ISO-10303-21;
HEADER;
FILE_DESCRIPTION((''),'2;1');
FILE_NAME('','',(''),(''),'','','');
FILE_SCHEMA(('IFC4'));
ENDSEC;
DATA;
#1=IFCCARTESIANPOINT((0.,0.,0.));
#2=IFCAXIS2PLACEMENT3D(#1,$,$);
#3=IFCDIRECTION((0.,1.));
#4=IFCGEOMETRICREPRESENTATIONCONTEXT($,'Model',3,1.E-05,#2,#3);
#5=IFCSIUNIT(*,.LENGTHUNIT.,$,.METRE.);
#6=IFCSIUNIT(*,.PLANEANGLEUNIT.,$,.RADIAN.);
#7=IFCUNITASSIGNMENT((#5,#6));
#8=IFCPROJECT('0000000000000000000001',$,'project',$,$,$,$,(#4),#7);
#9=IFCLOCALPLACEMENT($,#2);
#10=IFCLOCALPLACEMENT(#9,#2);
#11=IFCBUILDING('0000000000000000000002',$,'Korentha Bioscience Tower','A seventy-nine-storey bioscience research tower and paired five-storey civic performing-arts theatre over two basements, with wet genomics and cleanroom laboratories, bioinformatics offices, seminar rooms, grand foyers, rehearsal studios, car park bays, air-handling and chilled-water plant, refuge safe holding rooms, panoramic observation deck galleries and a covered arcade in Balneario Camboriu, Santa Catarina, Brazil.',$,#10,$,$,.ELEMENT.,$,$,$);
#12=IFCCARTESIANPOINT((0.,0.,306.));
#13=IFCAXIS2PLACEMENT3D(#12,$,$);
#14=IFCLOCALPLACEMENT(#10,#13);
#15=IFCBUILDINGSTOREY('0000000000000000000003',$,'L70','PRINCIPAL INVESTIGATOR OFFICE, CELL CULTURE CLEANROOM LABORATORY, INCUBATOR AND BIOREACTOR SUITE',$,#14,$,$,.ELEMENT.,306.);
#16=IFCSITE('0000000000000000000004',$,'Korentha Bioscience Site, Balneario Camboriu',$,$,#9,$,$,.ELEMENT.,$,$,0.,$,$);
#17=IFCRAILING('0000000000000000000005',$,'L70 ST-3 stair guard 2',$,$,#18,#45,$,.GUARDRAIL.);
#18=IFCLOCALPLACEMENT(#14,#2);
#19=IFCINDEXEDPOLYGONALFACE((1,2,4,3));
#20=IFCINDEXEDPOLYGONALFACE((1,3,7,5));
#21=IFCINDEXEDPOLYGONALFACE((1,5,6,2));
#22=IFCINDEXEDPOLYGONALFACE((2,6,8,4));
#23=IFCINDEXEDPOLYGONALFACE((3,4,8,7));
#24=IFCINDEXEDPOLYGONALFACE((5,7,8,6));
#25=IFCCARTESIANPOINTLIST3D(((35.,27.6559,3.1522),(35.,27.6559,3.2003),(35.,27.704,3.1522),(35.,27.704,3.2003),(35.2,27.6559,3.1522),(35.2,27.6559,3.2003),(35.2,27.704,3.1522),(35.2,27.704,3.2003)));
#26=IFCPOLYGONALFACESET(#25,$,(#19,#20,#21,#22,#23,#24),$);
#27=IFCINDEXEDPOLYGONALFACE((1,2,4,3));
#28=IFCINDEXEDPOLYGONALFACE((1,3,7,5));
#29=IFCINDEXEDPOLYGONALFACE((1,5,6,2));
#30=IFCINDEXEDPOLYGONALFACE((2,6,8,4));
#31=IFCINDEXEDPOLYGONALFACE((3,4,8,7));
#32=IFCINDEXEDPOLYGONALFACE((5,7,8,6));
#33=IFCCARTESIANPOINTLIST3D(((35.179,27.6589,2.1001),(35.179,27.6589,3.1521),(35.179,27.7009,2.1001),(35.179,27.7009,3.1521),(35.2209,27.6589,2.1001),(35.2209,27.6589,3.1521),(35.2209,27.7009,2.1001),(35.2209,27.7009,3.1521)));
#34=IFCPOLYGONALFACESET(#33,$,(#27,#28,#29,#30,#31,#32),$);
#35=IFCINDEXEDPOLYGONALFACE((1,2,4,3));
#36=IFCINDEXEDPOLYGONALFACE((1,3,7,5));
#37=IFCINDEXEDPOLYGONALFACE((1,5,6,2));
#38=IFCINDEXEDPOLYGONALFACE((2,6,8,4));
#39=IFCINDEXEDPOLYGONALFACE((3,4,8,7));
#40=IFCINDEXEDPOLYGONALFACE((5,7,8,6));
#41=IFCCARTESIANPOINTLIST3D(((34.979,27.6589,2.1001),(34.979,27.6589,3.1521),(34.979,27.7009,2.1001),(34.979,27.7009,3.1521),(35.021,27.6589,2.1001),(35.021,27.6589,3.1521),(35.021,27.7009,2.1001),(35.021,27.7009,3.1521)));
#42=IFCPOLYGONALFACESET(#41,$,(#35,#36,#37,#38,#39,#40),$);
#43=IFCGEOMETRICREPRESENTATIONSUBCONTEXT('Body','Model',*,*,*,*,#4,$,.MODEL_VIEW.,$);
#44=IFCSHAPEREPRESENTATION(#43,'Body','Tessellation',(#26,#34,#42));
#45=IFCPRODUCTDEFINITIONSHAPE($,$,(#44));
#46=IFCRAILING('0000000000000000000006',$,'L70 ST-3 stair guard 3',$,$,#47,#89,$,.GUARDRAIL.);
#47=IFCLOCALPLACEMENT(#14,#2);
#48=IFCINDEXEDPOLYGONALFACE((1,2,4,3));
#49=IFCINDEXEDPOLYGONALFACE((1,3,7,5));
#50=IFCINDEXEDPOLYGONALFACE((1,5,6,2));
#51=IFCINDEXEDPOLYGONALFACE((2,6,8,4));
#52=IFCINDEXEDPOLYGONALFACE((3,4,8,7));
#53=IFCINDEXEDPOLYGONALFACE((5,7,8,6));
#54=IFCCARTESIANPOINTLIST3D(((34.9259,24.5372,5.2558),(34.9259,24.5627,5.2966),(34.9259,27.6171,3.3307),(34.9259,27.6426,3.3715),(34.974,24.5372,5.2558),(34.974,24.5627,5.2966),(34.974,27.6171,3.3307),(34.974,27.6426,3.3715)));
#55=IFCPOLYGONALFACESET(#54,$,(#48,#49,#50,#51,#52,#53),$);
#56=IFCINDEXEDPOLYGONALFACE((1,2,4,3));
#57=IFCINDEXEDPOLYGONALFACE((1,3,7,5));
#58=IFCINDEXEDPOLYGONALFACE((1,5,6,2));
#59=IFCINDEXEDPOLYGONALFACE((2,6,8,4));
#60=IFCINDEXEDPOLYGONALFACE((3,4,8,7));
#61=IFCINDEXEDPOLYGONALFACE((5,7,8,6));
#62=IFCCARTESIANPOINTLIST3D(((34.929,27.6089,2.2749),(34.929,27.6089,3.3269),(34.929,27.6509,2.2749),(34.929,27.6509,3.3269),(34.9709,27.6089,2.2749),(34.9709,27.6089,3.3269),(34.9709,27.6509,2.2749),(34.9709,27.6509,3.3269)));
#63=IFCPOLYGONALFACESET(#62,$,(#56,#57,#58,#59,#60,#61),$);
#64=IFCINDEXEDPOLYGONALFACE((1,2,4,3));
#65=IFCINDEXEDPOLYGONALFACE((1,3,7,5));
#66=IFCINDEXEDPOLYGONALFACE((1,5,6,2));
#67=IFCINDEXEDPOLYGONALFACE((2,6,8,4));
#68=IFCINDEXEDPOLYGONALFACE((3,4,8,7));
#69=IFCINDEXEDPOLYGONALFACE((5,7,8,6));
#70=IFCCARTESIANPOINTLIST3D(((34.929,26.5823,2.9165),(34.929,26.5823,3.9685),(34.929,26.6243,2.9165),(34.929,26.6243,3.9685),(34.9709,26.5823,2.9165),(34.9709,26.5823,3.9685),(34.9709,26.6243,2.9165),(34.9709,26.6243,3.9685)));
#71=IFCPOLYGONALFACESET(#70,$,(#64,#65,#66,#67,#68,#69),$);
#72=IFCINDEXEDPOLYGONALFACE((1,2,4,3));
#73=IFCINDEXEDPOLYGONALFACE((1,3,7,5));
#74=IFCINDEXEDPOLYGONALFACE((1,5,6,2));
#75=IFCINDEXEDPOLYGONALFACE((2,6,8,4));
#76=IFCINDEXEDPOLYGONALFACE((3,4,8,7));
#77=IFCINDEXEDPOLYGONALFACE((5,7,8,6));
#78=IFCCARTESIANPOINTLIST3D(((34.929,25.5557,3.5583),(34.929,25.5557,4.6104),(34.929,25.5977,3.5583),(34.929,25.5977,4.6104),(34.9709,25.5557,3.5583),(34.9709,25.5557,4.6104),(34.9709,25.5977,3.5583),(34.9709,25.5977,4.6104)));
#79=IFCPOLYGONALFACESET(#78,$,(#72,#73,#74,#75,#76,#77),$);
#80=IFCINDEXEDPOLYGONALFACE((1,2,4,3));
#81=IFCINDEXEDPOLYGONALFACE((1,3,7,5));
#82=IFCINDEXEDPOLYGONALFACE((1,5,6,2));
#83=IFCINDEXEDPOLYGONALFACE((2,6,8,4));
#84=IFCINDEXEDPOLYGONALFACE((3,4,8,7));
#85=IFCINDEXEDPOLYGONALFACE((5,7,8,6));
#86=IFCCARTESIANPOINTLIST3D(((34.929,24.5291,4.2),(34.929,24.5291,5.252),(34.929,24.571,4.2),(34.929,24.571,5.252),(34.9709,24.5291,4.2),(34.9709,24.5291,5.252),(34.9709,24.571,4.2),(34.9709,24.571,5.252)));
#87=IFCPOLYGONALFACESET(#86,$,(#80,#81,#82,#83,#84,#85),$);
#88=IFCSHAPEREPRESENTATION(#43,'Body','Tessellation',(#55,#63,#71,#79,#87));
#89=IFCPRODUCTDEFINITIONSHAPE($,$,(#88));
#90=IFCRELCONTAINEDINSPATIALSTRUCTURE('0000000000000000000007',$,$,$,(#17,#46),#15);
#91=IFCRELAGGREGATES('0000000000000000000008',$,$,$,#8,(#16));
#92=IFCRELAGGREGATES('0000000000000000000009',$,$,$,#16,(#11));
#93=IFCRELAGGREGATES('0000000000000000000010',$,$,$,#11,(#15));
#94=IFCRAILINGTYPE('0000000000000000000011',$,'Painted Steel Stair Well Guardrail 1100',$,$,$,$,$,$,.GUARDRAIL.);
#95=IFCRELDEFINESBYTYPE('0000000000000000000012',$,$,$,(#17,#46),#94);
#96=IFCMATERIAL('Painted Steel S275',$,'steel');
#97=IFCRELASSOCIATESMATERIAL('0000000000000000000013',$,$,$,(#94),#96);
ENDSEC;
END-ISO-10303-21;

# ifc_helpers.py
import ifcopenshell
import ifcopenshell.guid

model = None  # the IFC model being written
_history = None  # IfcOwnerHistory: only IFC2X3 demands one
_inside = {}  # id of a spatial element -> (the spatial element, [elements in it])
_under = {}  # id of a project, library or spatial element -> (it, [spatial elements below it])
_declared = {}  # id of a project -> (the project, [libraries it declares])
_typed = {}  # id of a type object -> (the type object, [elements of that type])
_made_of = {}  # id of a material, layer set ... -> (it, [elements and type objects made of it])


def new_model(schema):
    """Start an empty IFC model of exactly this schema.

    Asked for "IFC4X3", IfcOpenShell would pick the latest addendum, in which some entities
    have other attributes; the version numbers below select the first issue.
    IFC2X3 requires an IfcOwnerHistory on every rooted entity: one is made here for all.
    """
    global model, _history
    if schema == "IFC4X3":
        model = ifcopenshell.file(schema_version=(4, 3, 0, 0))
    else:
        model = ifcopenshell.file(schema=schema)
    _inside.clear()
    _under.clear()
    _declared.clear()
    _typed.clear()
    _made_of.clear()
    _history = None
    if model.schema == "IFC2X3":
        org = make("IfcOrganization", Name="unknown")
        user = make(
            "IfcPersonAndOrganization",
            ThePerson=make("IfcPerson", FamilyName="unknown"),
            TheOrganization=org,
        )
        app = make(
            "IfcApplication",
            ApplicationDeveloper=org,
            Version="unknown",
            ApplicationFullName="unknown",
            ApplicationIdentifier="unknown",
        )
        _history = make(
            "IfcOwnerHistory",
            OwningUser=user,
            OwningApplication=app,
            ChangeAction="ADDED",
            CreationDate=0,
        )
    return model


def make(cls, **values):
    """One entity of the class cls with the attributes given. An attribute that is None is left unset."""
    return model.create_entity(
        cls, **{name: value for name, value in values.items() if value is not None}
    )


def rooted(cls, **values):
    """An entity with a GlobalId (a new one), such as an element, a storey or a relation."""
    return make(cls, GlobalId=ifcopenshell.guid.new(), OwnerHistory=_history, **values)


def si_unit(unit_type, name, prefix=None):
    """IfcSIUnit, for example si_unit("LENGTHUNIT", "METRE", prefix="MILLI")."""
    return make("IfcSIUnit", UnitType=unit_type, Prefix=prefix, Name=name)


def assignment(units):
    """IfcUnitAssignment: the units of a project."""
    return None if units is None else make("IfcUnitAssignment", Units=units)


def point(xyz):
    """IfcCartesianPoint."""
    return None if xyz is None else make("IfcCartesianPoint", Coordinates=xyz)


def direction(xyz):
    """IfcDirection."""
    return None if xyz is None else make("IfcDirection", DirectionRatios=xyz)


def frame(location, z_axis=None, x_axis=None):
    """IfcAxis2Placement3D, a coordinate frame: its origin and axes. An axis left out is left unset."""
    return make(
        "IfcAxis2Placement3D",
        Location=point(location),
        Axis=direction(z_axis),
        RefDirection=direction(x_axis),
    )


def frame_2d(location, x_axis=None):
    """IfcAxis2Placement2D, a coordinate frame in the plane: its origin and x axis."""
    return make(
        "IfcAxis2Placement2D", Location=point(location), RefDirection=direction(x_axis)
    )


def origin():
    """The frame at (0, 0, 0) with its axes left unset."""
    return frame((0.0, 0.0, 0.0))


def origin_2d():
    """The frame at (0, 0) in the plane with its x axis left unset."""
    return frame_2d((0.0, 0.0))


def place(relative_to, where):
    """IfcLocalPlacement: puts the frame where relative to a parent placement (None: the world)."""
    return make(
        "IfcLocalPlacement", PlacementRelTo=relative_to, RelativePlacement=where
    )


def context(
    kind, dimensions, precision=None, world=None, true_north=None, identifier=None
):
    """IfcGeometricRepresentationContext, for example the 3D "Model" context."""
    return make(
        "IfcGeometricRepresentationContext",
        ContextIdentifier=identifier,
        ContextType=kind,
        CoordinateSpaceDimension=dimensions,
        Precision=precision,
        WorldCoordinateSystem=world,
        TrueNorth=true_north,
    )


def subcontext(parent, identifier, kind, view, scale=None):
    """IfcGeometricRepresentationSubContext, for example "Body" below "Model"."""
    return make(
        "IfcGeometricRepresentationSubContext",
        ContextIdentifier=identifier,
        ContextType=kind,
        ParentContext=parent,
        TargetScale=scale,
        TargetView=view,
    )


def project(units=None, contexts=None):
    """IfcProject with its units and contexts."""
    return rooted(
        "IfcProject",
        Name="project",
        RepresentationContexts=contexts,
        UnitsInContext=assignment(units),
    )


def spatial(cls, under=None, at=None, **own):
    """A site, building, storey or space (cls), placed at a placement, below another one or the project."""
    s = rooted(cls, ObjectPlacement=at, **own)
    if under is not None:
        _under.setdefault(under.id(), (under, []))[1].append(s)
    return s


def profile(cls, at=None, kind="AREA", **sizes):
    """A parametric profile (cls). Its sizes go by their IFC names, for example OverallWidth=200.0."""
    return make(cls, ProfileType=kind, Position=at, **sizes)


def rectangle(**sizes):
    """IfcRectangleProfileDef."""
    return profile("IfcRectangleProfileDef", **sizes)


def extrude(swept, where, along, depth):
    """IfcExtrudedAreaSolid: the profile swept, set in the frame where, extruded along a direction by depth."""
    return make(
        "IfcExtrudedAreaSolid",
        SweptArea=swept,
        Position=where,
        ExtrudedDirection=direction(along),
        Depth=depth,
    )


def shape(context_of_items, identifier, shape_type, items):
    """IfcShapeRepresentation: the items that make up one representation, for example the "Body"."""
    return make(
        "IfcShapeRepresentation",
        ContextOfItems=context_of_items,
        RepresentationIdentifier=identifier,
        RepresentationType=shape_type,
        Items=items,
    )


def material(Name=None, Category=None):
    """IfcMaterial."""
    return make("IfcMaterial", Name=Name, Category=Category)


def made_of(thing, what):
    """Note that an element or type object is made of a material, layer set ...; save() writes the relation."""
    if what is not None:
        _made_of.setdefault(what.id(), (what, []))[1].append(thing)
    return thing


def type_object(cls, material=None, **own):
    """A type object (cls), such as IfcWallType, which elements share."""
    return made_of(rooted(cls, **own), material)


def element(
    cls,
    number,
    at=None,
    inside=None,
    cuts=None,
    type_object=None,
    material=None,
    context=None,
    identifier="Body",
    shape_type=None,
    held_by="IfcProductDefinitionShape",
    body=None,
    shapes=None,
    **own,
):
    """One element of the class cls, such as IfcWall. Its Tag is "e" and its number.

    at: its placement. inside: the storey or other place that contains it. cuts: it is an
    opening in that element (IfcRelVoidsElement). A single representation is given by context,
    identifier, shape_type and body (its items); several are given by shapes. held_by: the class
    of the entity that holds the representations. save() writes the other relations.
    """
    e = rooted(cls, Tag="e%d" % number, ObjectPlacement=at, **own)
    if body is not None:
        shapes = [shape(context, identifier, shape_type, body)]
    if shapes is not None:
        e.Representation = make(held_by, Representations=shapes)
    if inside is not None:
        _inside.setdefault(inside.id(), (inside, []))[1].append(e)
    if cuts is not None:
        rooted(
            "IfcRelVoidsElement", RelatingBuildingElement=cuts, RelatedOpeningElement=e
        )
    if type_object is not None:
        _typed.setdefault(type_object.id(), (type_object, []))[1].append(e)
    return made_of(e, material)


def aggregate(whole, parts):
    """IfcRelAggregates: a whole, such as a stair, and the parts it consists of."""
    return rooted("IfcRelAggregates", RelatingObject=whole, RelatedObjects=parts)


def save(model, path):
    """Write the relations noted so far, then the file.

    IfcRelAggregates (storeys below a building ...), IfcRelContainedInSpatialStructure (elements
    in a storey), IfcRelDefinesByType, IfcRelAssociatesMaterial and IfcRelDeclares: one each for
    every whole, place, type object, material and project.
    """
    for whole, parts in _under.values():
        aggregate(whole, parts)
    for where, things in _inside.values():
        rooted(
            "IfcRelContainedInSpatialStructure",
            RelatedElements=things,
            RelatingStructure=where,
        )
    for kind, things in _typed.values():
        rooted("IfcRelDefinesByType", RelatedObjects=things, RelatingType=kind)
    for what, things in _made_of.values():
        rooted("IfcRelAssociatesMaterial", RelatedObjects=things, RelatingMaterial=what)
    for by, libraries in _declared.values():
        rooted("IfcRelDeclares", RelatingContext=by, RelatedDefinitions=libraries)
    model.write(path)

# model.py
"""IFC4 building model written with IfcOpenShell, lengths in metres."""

from ifc_helpers import new_model, si_unit, direction, frame, origin, origin_2d, place, context, subcontext, project, spatial, rectangle, extrude, material, type_object, element, save


model = new_model("IFC4")

# Units and contexts
model_context = context("Model", 3, precision=1e-05, world=origin(), true_north=direction((0.0, 1.0)))
body_context = subcontext(model_context, "Body", "Model", "MODEL_VIEW")
ifc_project = project(units=[si_unit("LENGTHUNIT", "METRE"), si_unit("PLANEANGLEUNIT", "RADIAN")], contexts=[model_context])

# Site, building, storey
site_placement = place(None, origin())
site = spatial("IfcSite", under=ifc_project, at=site_placement, Name="Korentha Bioscience Site, Balneario Camboriu", CompositionType="ELEMENT", RefElevation=0.0)
building_placement = place(site_placement, origin())
building = spatial("IfcBuilding", under=site, at=building_placement, Name="Korentha Bioscience Tower", Description="A seventy-nine-storey bioscience research tower and paired five-storey civic performing-arts theatre over two basements, with wet genomics and cleanroom laboratories, bioinformatics offices, seminar rooms, grand foyers, rehearsal studios, car park bays, air-handling and chilled-water plant, refuge safe holding rooms, panoramic observation deck galleries and a covered arcade in Balneario Camboriu, Santa Catarina, Brazil.", CompositionType="ELEMENT")
storey_placement = place(building_placement, frame((0.0, 0.0, 306.0)))
storey = spatial("IfcBuildingStorey", under=building, at=storey_placement, Name="L70", Description="PRINCIPAL INVESTIGATOR OFFICE, CELL CULTURE CLEANROOM LABORATORY, INCUBATOR AND BIOREACTOR SUITE", CompositionType="ELEMENT", Elevation=306.0)

# Railings
ifc_material_1 = material(Name="Painted Steel S275", Category="steel")
railing_type_1 = type_object("IfcRailingType", Name="Painted Steel Stair Well Guardrail 1100", PredefinedType="GUARDRAIL", material=ifc_material_1)
railing_1_placement = place(storey_placement, frame((35.2, 27.6799, 2.1001)))
element("IfcRailing", 1, at=railing_1_placement, inside=storey, type_object=railing_type_1, Name="L70 ST-3 stair guard 2", PredefinedType="GUARDRAIL", context=body_context, shape_type="SweptSolid", body=[
    extrude(rectangle(XDim=0.0481, YDim=0.0481, at=origin_2d()), frame((0.0, 0.0, 1.0762), z_axis=(-1.0, 0.0, 0.0), x_axis=(0.0, -1.0, 0.0)), (0.0, 0.0, 1.0), 0.2),
    extrude(rectangle(XDim=0.042, YDim=0.042, at=origin_2d()), origin(), (0.0, 0.0, 1.0), 1.052),
    extrude(rectangle(XDim=0.042, YDim=0.042, at=origin_2d()), frame((-0.2, 0.0, 0.0)), (0.0, 0.0, 1.0), 1.052),
])
railing_2_placement = place(storey_placement, frame((34.95, 27.6299, 2.2749)))
element("IfcRailing", 2, at=railing_2_placement, inside=storey, type_object=railing_type_1, Name="L70 ST-3 stair guard 3", PredefinedType="GUARDRAIL", context=body_context, shape_type="SweptSolid", body=[
    extrude(rectangle(XDim=0.0481, YDim=0.0481, at=origin_2d()), frame((0.0, 0.0, 1.0762), z_axis=(0.0, -0.847979, 0.530029), x_axis=(1.0, 0.0, 0.0)), (0.0, 0.0, 1.0), 3.6321),
    extrude(rectangle(XDim=0.042, YDim=0.042, at=origin_2d()), origin(), (0.0, 0.0, 1.0), 1.052),
    extrude(rectangle(XDim=0.042, YDim=0.042, at=origin_2d()), frame((0.0, -1.0266, 0.6416)), (0.0, 0.0, 1.0), 1.052),
    extrude(rectangle(XDim=0.042, YDim=0.042, at=origin_2d()), frame((0.0, -2.0532, 1.2834)), (0.0, 0.0, 1.0), 1.052),
    extrude(rectangle(XDim=0.042, YDim=0.042, at=origin_2d()), frame((0.0, -3.0798, 1.925)), (0.0, 0.0, 1.0), 1.052),
])

save(model, "model.ifc")
